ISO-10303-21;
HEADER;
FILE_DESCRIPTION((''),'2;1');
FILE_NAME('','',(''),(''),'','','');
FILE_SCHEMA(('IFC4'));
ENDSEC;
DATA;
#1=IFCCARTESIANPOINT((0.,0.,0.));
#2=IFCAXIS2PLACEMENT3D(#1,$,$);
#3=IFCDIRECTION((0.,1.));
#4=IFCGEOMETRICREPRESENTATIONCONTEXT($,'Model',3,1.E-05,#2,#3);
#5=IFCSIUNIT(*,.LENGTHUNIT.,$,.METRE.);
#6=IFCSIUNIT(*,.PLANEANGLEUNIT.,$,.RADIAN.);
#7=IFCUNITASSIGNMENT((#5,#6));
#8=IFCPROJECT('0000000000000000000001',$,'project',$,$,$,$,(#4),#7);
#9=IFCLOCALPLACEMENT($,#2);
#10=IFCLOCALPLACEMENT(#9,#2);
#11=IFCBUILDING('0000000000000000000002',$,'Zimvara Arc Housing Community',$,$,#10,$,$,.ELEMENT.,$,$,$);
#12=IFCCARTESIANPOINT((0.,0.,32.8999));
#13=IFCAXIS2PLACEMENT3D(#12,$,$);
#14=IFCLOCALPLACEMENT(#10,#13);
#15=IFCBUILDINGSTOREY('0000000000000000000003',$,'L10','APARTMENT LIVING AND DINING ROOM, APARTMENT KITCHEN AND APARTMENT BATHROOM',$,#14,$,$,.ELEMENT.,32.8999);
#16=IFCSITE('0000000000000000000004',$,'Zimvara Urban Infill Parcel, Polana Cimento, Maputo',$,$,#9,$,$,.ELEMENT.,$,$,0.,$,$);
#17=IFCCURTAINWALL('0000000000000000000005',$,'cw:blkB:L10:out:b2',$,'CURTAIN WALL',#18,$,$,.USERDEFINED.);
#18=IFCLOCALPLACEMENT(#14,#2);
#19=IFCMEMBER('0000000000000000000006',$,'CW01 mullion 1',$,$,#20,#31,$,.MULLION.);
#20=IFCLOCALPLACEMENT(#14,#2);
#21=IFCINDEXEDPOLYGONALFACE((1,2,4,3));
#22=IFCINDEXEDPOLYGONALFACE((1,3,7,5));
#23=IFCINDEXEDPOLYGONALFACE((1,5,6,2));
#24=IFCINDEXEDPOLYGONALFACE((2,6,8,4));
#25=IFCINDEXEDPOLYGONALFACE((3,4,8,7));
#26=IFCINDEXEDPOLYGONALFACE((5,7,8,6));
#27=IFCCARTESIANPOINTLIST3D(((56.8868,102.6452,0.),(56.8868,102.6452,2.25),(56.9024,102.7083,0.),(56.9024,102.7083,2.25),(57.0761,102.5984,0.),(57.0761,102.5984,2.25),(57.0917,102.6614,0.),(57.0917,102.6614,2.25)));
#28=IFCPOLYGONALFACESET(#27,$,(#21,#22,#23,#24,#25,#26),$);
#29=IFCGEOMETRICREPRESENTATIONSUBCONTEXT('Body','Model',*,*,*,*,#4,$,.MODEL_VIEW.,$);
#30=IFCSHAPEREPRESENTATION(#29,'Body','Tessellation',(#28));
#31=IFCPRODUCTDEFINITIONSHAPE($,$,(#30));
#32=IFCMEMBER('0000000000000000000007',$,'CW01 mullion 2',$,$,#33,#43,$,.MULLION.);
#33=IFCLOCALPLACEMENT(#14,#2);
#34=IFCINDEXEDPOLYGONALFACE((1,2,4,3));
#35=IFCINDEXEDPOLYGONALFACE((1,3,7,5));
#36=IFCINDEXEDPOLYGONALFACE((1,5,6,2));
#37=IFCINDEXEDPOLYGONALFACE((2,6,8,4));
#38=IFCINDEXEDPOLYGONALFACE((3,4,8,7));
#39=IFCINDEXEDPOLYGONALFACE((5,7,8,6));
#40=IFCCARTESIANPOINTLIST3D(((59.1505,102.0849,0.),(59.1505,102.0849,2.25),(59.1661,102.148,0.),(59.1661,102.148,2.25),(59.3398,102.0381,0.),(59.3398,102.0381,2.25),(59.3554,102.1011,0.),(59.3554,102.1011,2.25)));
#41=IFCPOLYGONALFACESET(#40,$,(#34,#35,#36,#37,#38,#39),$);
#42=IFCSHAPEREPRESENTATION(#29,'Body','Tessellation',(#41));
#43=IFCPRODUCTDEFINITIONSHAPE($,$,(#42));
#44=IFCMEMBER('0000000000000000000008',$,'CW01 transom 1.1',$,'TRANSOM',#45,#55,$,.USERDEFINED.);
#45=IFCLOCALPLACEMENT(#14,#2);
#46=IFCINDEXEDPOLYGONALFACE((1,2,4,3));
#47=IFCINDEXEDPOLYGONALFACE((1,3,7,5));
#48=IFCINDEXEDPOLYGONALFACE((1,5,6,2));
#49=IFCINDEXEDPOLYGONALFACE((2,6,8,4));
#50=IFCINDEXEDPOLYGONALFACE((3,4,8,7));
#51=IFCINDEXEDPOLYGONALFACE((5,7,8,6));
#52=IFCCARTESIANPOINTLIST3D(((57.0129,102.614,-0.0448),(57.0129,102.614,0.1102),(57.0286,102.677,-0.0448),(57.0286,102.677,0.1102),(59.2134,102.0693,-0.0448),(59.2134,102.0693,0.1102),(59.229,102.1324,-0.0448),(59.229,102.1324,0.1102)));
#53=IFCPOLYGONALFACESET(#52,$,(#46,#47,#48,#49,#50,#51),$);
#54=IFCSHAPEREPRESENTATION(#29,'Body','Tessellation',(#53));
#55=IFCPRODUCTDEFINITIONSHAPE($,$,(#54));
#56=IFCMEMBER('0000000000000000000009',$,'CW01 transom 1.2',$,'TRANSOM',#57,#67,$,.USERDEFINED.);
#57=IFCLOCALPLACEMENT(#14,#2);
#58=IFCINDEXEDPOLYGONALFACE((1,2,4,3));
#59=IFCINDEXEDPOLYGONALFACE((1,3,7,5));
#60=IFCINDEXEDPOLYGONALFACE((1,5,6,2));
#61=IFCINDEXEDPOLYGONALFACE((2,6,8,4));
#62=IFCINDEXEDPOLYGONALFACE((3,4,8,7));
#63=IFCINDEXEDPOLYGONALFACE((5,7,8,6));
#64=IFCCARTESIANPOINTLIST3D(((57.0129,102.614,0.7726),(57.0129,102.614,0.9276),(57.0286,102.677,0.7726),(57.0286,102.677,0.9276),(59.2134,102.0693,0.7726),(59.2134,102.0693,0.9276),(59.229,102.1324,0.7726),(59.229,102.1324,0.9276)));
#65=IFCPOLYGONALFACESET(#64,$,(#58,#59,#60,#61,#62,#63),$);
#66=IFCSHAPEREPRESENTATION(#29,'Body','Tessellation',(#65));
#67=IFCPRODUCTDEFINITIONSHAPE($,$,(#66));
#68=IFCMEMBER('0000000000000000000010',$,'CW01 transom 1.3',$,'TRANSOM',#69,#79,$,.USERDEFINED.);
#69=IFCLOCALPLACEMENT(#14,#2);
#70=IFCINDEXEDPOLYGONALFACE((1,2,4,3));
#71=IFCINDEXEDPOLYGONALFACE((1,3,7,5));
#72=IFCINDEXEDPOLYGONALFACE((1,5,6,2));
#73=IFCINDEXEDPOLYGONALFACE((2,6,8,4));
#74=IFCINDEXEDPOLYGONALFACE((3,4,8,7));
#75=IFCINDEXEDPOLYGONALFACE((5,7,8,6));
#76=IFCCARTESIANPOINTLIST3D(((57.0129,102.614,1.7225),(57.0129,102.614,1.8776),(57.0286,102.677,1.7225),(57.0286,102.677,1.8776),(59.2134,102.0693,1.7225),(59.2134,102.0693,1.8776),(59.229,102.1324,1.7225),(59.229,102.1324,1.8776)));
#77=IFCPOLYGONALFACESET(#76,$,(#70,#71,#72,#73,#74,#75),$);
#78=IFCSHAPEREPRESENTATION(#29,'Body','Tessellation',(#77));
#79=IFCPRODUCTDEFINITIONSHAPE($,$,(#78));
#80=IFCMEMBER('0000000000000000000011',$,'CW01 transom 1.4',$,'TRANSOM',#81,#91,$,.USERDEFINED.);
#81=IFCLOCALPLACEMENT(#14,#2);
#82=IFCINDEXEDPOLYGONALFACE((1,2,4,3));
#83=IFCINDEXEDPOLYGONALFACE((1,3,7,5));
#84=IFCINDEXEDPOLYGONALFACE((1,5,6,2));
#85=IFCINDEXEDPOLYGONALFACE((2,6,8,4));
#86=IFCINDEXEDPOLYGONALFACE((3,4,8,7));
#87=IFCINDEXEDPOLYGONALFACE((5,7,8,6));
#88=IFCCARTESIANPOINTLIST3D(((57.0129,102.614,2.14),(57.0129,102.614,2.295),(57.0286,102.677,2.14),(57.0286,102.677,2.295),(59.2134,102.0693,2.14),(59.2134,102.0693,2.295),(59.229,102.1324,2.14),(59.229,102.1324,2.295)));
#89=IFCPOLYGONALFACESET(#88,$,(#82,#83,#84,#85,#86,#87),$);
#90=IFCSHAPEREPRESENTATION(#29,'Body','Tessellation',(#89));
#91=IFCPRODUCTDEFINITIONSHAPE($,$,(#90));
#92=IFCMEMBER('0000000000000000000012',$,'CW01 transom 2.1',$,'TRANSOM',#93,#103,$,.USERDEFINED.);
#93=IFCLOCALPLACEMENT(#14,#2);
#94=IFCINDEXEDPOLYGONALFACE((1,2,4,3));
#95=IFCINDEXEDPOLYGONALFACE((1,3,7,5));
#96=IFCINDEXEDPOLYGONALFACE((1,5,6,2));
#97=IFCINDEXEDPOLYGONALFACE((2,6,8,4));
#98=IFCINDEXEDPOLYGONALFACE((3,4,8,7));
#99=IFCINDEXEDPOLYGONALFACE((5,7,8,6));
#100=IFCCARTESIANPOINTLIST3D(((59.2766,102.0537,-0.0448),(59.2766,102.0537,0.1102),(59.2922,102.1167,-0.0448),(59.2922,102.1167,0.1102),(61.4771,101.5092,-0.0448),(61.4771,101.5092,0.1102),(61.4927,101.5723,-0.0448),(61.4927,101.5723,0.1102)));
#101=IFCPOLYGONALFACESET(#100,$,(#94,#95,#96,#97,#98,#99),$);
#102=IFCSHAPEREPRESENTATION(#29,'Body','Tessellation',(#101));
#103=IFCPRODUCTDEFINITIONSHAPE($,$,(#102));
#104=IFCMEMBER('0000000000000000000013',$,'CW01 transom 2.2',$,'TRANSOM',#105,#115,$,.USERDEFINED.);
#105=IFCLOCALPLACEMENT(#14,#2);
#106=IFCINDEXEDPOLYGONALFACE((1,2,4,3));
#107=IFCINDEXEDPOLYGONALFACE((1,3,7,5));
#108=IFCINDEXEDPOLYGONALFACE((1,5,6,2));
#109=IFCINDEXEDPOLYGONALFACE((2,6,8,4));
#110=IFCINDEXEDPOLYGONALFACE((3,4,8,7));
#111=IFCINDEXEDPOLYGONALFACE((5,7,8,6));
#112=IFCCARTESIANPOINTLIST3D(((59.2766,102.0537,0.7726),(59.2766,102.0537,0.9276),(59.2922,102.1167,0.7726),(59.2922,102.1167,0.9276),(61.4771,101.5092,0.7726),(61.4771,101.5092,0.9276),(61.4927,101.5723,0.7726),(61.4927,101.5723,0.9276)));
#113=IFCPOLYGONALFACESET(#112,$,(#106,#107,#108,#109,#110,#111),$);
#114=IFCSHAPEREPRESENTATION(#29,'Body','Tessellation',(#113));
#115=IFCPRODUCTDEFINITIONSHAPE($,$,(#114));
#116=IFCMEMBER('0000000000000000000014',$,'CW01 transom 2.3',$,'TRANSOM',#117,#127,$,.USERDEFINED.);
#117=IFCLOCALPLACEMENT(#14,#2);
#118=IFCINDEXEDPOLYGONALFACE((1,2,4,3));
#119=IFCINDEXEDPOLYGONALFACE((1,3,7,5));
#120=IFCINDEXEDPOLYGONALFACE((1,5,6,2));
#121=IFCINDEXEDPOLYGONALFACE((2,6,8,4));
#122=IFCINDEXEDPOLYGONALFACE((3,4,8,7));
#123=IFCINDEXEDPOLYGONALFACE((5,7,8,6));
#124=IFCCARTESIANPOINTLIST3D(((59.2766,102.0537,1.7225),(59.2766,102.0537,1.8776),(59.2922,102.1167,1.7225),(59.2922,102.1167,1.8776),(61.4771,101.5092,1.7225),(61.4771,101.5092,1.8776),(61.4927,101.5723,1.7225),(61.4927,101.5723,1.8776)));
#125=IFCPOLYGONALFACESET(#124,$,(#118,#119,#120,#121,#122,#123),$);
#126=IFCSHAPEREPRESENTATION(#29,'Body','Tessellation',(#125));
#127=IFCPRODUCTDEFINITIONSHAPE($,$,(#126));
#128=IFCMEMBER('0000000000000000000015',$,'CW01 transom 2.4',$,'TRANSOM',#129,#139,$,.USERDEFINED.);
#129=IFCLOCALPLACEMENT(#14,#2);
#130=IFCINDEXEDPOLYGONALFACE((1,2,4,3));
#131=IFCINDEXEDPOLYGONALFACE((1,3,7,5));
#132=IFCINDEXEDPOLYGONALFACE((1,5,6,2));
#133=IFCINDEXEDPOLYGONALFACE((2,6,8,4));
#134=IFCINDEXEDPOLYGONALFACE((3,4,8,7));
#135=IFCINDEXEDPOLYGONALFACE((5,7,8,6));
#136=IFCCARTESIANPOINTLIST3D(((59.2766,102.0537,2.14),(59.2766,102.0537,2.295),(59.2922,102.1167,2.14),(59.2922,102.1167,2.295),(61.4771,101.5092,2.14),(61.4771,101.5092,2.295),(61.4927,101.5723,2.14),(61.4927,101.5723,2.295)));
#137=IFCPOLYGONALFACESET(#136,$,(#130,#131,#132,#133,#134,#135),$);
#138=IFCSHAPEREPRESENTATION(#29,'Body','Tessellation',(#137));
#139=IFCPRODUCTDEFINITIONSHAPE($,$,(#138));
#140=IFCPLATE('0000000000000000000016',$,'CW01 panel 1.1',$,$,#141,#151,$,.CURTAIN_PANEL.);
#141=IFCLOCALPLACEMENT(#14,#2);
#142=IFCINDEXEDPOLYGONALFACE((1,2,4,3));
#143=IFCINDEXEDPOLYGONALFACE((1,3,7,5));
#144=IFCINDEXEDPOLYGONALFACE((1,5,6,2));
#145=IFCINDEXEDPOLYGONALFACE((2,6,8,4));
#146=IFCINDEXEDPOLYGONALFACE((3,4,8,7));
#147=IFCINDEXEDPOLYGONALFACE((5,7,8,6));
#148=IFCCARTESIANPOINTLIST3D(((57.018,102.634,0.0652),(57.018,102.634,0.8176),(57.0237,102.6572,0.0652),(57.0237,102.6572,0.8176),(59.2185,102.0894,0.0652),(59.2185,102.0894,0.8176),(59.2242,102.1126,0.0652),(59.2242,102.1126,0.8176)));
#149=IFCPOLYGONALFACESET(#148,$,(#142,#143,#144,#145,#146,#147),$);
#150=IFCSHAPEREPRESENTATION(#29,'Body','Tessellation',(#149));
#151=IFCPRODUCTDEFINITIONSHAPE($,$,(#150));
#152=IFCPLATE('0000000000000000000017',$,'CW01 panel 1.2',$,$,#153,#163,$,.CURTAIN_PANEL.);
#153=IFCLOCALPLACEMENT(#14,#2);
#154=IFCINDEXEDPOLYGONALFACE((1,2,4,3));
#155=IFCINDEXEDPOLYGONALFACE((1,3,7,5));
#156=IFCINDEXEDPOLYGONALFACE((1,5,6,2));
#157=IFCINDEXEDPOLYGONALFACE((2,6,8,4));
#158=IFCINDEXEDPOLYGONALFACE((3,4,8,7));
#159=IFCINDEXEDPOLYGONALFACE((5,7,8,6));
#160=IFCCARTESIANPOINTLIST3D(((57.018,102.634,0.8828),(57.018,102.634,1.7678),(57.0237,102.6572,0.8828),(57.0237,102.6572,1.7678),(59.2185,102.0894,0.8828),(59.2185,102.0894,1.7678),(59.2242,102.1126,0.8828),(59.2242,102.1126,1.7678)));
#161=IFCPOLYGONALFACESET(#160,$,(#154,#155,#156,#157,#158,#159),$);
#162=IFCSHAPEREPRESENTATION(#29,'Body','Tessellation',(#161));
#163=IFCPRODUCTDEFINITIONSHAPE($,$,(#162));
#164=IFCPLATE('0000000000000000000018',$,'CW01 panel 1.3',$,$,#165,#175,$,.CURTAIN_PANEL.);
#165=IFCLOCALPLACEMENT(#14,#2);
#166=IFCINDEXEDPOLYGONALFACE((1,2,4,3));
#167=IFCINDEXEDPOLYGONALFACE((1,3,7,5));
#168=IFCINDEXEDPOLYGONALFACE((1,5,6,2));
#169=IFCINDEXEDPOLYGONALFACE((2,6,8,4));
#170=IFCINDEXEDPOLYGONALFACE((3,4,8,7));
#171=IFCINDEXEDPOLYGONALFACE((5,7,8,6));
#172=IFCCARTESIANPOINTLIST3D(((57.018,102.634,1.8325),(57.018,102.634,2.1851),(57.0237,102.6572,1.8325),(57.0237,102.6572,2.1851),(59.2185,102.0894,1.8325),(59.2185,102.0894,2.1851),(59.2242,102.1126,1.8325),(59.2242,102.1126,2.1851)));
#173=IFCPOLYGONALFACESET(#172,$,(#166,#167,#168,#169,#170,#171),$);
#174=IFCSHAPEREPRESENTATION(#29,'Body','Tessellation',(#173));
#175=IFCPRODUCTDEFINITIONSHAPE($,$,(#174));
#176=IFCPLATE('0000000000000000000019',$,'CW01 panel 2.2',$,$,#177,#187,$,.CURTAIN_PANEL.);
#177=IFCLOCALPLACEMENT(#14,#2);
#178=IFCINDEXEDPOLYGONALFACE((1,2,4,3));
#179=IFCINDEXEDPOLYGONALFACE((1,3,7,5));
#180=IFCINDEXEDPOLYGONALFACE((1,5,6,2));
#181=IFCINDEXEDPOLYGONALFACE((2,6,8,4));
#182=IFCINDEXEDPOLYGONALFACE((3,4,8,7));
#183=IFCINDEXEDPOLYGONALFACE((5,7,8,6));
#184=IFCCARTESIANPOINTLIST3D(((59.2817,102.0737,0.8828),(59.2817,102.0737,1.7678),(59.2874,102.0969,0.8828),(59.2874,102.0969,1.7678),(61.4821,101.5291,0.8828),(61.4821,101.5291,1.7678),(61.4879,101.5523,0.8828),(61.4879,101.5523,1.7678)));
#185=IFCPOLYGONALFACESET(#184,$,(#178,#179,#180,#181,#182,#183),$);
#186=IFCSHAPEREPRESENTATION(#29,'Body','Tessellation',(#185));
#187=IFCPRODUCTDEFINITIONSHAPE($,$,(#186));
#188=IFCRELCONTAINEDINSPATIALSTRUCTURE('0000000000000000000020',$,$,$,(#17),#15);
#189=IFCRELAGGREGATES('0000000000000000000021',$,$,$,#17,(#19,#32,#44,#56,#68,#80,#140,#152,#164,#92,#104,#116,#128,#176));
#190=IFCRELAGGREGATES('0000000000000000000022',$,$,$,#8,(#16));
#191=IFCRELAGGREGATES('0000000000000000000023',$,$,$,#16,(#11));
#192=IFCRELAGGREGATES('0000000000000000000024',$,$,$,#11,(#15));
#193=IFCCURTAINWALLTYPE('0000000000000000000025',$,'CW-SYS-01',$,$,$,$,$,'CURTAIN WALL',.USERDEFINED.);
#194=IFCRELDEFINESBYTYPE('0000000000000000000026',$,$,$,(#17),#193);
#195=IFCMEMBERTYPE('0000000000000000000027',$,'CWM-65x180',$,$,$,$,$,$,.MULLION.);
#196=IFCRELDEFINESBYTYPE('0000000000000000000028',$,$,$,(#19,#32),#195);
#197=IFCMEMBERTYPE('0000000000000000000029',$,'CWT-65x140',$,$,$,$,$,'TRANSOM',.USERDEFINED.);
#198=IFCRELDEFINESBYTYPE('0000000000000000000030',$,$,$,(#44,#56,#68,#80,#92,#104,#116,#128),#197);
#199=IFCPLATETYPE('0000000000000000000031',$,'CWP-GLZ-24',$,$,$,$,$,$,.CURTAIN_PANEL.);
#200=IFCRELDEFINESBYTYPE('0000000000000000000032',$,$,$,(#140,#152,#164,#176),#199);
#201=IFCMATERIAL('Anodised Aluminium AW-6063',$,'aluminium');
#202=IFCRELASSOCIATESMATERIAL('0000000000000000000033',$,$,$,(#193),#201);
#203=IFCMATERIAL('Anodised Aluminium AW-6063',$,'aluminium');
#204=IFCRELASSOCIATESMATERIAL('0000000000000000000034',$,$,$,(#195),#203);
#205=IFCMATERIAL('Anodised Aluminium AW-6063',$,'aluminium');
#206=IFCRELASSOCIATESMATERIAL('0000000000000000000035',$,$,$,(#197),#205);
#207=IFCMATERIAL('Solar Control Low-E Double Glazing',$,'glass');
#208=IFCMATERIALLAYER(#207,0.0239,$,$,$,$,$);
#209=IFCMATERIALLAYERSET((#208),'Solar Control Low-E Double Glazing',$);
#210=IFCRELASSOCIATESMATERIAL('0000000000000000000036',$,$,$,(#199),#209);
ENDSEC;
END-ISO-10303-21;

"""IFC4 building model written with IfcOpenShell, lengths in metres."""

from ifc_helpers import new_model, si_unit, direction, frame, origin, origin_2d, place, context, subcontext, project, spatial, rectangle, extrude, material, layer, layer_set, material_profile, profile_set, type_object, element, aggregate, save


model = new_model("IFC4")

# Units and contexts
model_context = context("Model", 3, precision=1e-05, world=origin(), true_north=direction((0.0, 1.0)))
body_context = subcontext(model_context, "Body", "Model", "MODEL_VIEW")
ifc_project = project(units=[si_unit("LENGTHUNIT", "METRE"), si_unit("PLANEANGLEUNIT", "RADIAN")], contexts=[model_context])

# Site, building, storey
site_placement = place(None, origin())
site = spatial("IfcSite", under=ifc_project, at=site_placement, Name="Zimvara Urban Infill Parcel, Polana Cimento, Maputo", CompositionType="ELEMENT", RefElevation=0.0)
building_placement = place(site_placement, origin())
building = spatial("IfcBuilding", under=site, at=building_placement, Name="Zimvara Arc Housing Community", CompositionType="ELEMENT")
storey_placement = place(building_placement, frame((0.0, 0.0, 32.8999)))
storey = spatial("IfcBuildingStorey", under=building, at=storey_placement, Name="L10", Description="APARTMENT LIVING AND DINING ROOM, APARTMENT KITCHEN AND APARTMENT BATHROOM", CompositionType="ELEMENT", Elevation=32.8999)

# Curtain wall, members, plates
ifc_material_1 = material(Name="Anodised Aluminium AW-6063", Category="aluminium")
curtain_wall_type = type_object("IfcCurtainWallType", Name="CW-SYS-01", ElementType="CURTAIN WALL", PredefinedType="USERDEFINED", material=ifc_material_1)
curtain_wall_placement = place(storey_placement, origin())
curtain_wall = element("IfcCurtainWall", 1, at=curtain_wall_placement, inside=storey, type_object=curtain_wall_type, Name="cw:blkB:L10:out:b2", ObjectType="CURTAIN WALL", PredefinedType="USERDEFINED")
ifc_material_2 = material(Name="Anodised Aluminium AW-6063", Category="aluminium")
ifc_material_profile_1 = material_profile(ifc_material_2, rectangle(XDim=0.0649, YDim=0.1951, at=origin_2d()), Name="ALU 65x195")
ifc_profile_set_1 = profile_set([ifc_material_profile_1], Name="Anodised Aluminium AW-6063")
member_type_1 = type_object("IfcMemberType", Name="CWM-65x180", PredefinedType="MULLION", material=ifc_profile_set_1)
member_1_placement = place(storey_placement, frame((56.9893, 102.6533, 0.0), z_axis=(0.0, 0.0, 1.0), x_axis=(0.24023, 0.970716, 0.0)))
member_1 = element("IfcMember", 2, at=member_1_placement, type_object=member_type_1, Name="CW01 mullion 1", PredefinedType="MULLION", context=body_context, shape_type="SweptSolid", body=[
    extrude(rectangle(XDim=0.0649, YDim=0.1951, at=origin_2d()), origin(), (0.0, 0.0, 1.0), 2.25),
])
member_2_placement = place(storey_placement, frame((59.2529, 102.093, 0.0), z_axis=(0.0, 0.0, 1.0), x_axis=(0.24023, 0.970716, 0.0)))
member_2 = element("IfcMember", 3, at=member_2_placement, type_object=member_type_1, Name="CW01 mullion 2", PredefinedType="MULLION", context=body_context, shape_type="SweptSolid", body=[
    extrude(rectangle(XDim=0.0649, YDim=0.1951, at=origin_2d()), origin(), (0.0, 0.0, 1.0), 2.25),
])
ifc_material_3 = material(Name="Anodised Aluminium AW-6063", Category="aluminium")
ifc_material_profile_2 = material_profile(ifc_material_3, rectangle(XDim=0.0649, YDim=0.155, at=origin_2d()), Name="ALU 65x155")
ifc_profile_set_2 = profile_set([ifc_material_profile_2], Name="Anodised Aluminium AW-6063")
member_type_2 = type_object("IfcMemberType", Name="CWT-65x140", ElementType="TRANSOM", PredefinedType="USERDEFINED", material=ifc_profile_set_2)
member_3_placement = place(storey_placement, frame((57.0208, 102.6455, 0.0327), z_axis=(0.970704, -0.24028, 0.0), x_axis=(0.24028, 0.970704, 0.0)))
member_3 = element("IfcMember", 4, at=member_3_placement, type_object=member_type_2, Name="CW01 transom 1.1", ObjectType="TRANSOM", PredefinedType="USERDEFINED", context=body_context, shape_type="SweptSolid", body=[
    extrude(rectangle(XDim=0.0649, YDim=0.155, at=origin_2d()), origin(), (0.0, 0.0, 1.0), 2.2668),
])
member_4_placement = place(storey_placement, frame((57.0208, 102.6455, 0.8501), z_axis=(0.970704, -0.24028, 0.0), x_axis=(0.24028, 0.970704, 0.0)))
member_4 = element("IfcMember", 5, at=member_4_placement, type_object=member_type_2, Name="CW01 transom 1.2", ObjectType="TRANSOM", PredefinedType="USERDEFINED", context=body_context, shape_type="SweptSolid", body=[
    extrude(rectangle(XDim=0.0649, YDim=0.155, at=origin_2d()), origin(), (0.0, 0.0, 1.0), 2.2668),
])
member_5_placement = place(storey_placement, frame((57.0208, 102.6455, 1.8), z_axis=(0.970704, -0.24028, 0.0), x_axis=(0.24028, 0.970704, 0.0)))
member_5 = element("IfcMember", 6, at=member_5_placement, type_object=member_type_2, Name="CW01 transom 1.3", ObjectType="TRANSOM", PredefinedType="USERDEFINED", context=body_context, shape_type="SweptSolid", body=[
    extrude(rectangle(XDim=0.0649, YDim=0.155, at=origin_2d()), origin(), (0.0, 0.0, 1.0), 2.2668),
])
member_6_placement = place(storey_placement, frame((57.0208, 102.6455, 2.2175), z_axis=(0.970704, -0.24028, 0.0), x_axis=(0.24028, 0.970704, 0.0)))
member_6 = element("IfcMember", 7, at=member_6_placement, type_object=member_type_2, Name="CW01 transom 1.4", ObjectType="TRANSOM", PredefinedType="USERDEFINED", context=body_context, shape_type="SweptSolid", body=[
    extrude(rectangle(XDim=0.0649, YDim=0.155, at=origin_2d()), origin(), (0.0, 0.0, 1.0), 2.2668),
])
member_7_placement = place(storey_placement, frame((59.2844, 102.0852, 0.0327), z_axis=(0.970729, -0.240178, 0.0), x_axis=(0.240178, 0.970729, 0.0)))
member_7 = element("IfcMember", 8, at=member_7_placement, type_object=member_type_2, Name="CW01 transom 2.1", ObjectType="TRANSOM", PredefinedType="USERDEFINED", context=body_context, shape_type="SweptSolid", body=[
    extrude(rectangle(XDim=0.0649, YDim=0.155, at=origin_2d()), origin(), (0.0, 0.0, 1.0), 2.2668),
])
member_8_placement = place(storey_placement, frame((59.2844, 102.0852, 0.8501), z_axis=(0.970729, -0.240178, 0.0), x_axis=(0.240178, 0.970729, 0.0)))
member_8 = element("IfcMember", 9, at=member_8_placement, type_object=member_type_2, Name="CW01 transom 2.2", ObjectType="TRANSOM", PredefinedType="USERDEFINED", context=body_context, shape_type="SweptSolid", body=[
    extrude(rectangle(XDim=0.0649, YDim=0.155, at=origin_2d()), origin(), (0.0, 0.0, 1.0), 2.2668),
])
member_9_placement = place(storey_placement, frame((59.2844, 102.0852, 1.8), z_axis=(0.970729, -0.240178, 0.0), x_axis=(0.240178, 0.970729, 0.0)))
member_9 = element("IfcMember", 10, at=member_9_placement, type_object=member_type_2, Name="CW01 transom 2.3", ObjectType="TRANSOM", PredefinedType="USERDEFINED", context=body_context, shape_type="SweptSolid", body=[
    extrude(rectangle(XDim=0.0649, YDim=0.155, at=origin_2d()), origin(), (0.0, 0.0, 1.0), 2.2668),
])
member_10_placement = place(storey_placement, frame((59.2844, 102.0852, 2.2175), z_axis=(0.970729, -0.240178, 0.0), x_axis=(0.240178, 0.970729, 0.0)))
member_10 = element("IfcMember", 11, at=member_10_placement, type_object=member_type_2, Name="CW01 transom 2.4", ObjectType="TRANSOM", PredefinedType="USERDEFINED", context=body_context, shape_type="SweptSolid", body=[
    extrude(rectangle(XDim=0.0649, YDim=0.155, at=origin_2d()), origin(), (0.0, 0.0, 1.0), 2.2668),
])
ifc_material_4 = material(Name="Solar Control Low-E Double Glazing", Category="glass")
ifc_layer_1 = layer(ifc_material_4, 0.0239)
ifc_layer_set_1 = layer_set([ifc_layer_1], Name="Solar Control Low-E Double Glazing")
plate_type = type_object("IfcPlateType", Name="CWP-GLZ-24", PredefinedType="CURTAIN_PANEL", material=ifc_layer_set_1)
plate_1_placement = place(storey_placement, frame((58.1211, 102.3733, 0.0652), z_axis=(0.0, 0.0, 1.0), x_axis=(0.970716, -0.24023, 0.0)))
plate_1 = element("IfcPlate", 12, at=plate_1_placement, type_object=plate_type, Name="CW01 panel 1.1", PredefinedType="CURTAIN_PANEL", context=body_context, shape_type="SweptSolid", body=[
    extrude(rectangle(XDim=2.2668, YDim=0.0239, at=origin_2d()), origin(), (0.0, 0.0, 1.0), 0.7524),
])
plate_2_placement = place(storey_placement, frame((58.1211, 102.3733, 0.8828), z_axis=(0.0, 0.0, 1.0), x_axis=(0.970716, -0.24023, 0.0)))
plate_2 = element("IfcPlate", 13, at=plate_2_placement, type_object=plate_type, Name="CW01 panel 1.2", PredefinedType="CURTAIN_PANEL", context=body_context, shape_type="SweptSolid", body=[
    extrude(rectangle(XDim=2.2668, YDim=0.0239, at=origin_2d()), origin(), (0.0, 0.0, 1.0), 0.885),
])
plate_3_placement = place(storey_placement, frame((58.1211, 102.3733, 1.8325), z_axis=(0.0, 0.0, 1.0), x_axis=(0.970716, -0.24023, 0.0)))
plate_3 = element("IfcPlate", 14, at=plate_3_placement, type_object=plate_type, Name="CW01 panel 1.3", PredefinedType="CURTAIN_PANEL", context=body_context, shape_type="SweptSolid", body=[
    extrude(rectangle(XDim=2.2668, YDim=0.0239, at=origin_2d()), origin(), (0.0, 0.0, 1.0), 0.3525),
])
plate_4_placement = place(storey_placement, frame((60.3848, 101.813, 0.8828), z_axis=(0.0, 0.0, 1.0), x_axis=(0.970716, -0.24023, 0.0)))
plate_4 = element("IfcPlate", 15, at=plate_4_placement, type_object=plate_type, Name="CW01 panel 2.2", PredefinedType="CURTAIN_PANEL", context=body_context, shape_type="SweptSolid", body=[
    extrude(rectangle(XDim=2.2668, YDim=0.0239, at=origin_2d()), origin(), (0.0, 0.0, 1.0), 0.885),
])
aggregate(curtain_wall, [member_1, member_2, member_3, member_4, member_5, member_6, plate_1, plate_2, plate_3, member_7, member_8, member_9, member_10, plate_4])

save(model, "model.ifc")
